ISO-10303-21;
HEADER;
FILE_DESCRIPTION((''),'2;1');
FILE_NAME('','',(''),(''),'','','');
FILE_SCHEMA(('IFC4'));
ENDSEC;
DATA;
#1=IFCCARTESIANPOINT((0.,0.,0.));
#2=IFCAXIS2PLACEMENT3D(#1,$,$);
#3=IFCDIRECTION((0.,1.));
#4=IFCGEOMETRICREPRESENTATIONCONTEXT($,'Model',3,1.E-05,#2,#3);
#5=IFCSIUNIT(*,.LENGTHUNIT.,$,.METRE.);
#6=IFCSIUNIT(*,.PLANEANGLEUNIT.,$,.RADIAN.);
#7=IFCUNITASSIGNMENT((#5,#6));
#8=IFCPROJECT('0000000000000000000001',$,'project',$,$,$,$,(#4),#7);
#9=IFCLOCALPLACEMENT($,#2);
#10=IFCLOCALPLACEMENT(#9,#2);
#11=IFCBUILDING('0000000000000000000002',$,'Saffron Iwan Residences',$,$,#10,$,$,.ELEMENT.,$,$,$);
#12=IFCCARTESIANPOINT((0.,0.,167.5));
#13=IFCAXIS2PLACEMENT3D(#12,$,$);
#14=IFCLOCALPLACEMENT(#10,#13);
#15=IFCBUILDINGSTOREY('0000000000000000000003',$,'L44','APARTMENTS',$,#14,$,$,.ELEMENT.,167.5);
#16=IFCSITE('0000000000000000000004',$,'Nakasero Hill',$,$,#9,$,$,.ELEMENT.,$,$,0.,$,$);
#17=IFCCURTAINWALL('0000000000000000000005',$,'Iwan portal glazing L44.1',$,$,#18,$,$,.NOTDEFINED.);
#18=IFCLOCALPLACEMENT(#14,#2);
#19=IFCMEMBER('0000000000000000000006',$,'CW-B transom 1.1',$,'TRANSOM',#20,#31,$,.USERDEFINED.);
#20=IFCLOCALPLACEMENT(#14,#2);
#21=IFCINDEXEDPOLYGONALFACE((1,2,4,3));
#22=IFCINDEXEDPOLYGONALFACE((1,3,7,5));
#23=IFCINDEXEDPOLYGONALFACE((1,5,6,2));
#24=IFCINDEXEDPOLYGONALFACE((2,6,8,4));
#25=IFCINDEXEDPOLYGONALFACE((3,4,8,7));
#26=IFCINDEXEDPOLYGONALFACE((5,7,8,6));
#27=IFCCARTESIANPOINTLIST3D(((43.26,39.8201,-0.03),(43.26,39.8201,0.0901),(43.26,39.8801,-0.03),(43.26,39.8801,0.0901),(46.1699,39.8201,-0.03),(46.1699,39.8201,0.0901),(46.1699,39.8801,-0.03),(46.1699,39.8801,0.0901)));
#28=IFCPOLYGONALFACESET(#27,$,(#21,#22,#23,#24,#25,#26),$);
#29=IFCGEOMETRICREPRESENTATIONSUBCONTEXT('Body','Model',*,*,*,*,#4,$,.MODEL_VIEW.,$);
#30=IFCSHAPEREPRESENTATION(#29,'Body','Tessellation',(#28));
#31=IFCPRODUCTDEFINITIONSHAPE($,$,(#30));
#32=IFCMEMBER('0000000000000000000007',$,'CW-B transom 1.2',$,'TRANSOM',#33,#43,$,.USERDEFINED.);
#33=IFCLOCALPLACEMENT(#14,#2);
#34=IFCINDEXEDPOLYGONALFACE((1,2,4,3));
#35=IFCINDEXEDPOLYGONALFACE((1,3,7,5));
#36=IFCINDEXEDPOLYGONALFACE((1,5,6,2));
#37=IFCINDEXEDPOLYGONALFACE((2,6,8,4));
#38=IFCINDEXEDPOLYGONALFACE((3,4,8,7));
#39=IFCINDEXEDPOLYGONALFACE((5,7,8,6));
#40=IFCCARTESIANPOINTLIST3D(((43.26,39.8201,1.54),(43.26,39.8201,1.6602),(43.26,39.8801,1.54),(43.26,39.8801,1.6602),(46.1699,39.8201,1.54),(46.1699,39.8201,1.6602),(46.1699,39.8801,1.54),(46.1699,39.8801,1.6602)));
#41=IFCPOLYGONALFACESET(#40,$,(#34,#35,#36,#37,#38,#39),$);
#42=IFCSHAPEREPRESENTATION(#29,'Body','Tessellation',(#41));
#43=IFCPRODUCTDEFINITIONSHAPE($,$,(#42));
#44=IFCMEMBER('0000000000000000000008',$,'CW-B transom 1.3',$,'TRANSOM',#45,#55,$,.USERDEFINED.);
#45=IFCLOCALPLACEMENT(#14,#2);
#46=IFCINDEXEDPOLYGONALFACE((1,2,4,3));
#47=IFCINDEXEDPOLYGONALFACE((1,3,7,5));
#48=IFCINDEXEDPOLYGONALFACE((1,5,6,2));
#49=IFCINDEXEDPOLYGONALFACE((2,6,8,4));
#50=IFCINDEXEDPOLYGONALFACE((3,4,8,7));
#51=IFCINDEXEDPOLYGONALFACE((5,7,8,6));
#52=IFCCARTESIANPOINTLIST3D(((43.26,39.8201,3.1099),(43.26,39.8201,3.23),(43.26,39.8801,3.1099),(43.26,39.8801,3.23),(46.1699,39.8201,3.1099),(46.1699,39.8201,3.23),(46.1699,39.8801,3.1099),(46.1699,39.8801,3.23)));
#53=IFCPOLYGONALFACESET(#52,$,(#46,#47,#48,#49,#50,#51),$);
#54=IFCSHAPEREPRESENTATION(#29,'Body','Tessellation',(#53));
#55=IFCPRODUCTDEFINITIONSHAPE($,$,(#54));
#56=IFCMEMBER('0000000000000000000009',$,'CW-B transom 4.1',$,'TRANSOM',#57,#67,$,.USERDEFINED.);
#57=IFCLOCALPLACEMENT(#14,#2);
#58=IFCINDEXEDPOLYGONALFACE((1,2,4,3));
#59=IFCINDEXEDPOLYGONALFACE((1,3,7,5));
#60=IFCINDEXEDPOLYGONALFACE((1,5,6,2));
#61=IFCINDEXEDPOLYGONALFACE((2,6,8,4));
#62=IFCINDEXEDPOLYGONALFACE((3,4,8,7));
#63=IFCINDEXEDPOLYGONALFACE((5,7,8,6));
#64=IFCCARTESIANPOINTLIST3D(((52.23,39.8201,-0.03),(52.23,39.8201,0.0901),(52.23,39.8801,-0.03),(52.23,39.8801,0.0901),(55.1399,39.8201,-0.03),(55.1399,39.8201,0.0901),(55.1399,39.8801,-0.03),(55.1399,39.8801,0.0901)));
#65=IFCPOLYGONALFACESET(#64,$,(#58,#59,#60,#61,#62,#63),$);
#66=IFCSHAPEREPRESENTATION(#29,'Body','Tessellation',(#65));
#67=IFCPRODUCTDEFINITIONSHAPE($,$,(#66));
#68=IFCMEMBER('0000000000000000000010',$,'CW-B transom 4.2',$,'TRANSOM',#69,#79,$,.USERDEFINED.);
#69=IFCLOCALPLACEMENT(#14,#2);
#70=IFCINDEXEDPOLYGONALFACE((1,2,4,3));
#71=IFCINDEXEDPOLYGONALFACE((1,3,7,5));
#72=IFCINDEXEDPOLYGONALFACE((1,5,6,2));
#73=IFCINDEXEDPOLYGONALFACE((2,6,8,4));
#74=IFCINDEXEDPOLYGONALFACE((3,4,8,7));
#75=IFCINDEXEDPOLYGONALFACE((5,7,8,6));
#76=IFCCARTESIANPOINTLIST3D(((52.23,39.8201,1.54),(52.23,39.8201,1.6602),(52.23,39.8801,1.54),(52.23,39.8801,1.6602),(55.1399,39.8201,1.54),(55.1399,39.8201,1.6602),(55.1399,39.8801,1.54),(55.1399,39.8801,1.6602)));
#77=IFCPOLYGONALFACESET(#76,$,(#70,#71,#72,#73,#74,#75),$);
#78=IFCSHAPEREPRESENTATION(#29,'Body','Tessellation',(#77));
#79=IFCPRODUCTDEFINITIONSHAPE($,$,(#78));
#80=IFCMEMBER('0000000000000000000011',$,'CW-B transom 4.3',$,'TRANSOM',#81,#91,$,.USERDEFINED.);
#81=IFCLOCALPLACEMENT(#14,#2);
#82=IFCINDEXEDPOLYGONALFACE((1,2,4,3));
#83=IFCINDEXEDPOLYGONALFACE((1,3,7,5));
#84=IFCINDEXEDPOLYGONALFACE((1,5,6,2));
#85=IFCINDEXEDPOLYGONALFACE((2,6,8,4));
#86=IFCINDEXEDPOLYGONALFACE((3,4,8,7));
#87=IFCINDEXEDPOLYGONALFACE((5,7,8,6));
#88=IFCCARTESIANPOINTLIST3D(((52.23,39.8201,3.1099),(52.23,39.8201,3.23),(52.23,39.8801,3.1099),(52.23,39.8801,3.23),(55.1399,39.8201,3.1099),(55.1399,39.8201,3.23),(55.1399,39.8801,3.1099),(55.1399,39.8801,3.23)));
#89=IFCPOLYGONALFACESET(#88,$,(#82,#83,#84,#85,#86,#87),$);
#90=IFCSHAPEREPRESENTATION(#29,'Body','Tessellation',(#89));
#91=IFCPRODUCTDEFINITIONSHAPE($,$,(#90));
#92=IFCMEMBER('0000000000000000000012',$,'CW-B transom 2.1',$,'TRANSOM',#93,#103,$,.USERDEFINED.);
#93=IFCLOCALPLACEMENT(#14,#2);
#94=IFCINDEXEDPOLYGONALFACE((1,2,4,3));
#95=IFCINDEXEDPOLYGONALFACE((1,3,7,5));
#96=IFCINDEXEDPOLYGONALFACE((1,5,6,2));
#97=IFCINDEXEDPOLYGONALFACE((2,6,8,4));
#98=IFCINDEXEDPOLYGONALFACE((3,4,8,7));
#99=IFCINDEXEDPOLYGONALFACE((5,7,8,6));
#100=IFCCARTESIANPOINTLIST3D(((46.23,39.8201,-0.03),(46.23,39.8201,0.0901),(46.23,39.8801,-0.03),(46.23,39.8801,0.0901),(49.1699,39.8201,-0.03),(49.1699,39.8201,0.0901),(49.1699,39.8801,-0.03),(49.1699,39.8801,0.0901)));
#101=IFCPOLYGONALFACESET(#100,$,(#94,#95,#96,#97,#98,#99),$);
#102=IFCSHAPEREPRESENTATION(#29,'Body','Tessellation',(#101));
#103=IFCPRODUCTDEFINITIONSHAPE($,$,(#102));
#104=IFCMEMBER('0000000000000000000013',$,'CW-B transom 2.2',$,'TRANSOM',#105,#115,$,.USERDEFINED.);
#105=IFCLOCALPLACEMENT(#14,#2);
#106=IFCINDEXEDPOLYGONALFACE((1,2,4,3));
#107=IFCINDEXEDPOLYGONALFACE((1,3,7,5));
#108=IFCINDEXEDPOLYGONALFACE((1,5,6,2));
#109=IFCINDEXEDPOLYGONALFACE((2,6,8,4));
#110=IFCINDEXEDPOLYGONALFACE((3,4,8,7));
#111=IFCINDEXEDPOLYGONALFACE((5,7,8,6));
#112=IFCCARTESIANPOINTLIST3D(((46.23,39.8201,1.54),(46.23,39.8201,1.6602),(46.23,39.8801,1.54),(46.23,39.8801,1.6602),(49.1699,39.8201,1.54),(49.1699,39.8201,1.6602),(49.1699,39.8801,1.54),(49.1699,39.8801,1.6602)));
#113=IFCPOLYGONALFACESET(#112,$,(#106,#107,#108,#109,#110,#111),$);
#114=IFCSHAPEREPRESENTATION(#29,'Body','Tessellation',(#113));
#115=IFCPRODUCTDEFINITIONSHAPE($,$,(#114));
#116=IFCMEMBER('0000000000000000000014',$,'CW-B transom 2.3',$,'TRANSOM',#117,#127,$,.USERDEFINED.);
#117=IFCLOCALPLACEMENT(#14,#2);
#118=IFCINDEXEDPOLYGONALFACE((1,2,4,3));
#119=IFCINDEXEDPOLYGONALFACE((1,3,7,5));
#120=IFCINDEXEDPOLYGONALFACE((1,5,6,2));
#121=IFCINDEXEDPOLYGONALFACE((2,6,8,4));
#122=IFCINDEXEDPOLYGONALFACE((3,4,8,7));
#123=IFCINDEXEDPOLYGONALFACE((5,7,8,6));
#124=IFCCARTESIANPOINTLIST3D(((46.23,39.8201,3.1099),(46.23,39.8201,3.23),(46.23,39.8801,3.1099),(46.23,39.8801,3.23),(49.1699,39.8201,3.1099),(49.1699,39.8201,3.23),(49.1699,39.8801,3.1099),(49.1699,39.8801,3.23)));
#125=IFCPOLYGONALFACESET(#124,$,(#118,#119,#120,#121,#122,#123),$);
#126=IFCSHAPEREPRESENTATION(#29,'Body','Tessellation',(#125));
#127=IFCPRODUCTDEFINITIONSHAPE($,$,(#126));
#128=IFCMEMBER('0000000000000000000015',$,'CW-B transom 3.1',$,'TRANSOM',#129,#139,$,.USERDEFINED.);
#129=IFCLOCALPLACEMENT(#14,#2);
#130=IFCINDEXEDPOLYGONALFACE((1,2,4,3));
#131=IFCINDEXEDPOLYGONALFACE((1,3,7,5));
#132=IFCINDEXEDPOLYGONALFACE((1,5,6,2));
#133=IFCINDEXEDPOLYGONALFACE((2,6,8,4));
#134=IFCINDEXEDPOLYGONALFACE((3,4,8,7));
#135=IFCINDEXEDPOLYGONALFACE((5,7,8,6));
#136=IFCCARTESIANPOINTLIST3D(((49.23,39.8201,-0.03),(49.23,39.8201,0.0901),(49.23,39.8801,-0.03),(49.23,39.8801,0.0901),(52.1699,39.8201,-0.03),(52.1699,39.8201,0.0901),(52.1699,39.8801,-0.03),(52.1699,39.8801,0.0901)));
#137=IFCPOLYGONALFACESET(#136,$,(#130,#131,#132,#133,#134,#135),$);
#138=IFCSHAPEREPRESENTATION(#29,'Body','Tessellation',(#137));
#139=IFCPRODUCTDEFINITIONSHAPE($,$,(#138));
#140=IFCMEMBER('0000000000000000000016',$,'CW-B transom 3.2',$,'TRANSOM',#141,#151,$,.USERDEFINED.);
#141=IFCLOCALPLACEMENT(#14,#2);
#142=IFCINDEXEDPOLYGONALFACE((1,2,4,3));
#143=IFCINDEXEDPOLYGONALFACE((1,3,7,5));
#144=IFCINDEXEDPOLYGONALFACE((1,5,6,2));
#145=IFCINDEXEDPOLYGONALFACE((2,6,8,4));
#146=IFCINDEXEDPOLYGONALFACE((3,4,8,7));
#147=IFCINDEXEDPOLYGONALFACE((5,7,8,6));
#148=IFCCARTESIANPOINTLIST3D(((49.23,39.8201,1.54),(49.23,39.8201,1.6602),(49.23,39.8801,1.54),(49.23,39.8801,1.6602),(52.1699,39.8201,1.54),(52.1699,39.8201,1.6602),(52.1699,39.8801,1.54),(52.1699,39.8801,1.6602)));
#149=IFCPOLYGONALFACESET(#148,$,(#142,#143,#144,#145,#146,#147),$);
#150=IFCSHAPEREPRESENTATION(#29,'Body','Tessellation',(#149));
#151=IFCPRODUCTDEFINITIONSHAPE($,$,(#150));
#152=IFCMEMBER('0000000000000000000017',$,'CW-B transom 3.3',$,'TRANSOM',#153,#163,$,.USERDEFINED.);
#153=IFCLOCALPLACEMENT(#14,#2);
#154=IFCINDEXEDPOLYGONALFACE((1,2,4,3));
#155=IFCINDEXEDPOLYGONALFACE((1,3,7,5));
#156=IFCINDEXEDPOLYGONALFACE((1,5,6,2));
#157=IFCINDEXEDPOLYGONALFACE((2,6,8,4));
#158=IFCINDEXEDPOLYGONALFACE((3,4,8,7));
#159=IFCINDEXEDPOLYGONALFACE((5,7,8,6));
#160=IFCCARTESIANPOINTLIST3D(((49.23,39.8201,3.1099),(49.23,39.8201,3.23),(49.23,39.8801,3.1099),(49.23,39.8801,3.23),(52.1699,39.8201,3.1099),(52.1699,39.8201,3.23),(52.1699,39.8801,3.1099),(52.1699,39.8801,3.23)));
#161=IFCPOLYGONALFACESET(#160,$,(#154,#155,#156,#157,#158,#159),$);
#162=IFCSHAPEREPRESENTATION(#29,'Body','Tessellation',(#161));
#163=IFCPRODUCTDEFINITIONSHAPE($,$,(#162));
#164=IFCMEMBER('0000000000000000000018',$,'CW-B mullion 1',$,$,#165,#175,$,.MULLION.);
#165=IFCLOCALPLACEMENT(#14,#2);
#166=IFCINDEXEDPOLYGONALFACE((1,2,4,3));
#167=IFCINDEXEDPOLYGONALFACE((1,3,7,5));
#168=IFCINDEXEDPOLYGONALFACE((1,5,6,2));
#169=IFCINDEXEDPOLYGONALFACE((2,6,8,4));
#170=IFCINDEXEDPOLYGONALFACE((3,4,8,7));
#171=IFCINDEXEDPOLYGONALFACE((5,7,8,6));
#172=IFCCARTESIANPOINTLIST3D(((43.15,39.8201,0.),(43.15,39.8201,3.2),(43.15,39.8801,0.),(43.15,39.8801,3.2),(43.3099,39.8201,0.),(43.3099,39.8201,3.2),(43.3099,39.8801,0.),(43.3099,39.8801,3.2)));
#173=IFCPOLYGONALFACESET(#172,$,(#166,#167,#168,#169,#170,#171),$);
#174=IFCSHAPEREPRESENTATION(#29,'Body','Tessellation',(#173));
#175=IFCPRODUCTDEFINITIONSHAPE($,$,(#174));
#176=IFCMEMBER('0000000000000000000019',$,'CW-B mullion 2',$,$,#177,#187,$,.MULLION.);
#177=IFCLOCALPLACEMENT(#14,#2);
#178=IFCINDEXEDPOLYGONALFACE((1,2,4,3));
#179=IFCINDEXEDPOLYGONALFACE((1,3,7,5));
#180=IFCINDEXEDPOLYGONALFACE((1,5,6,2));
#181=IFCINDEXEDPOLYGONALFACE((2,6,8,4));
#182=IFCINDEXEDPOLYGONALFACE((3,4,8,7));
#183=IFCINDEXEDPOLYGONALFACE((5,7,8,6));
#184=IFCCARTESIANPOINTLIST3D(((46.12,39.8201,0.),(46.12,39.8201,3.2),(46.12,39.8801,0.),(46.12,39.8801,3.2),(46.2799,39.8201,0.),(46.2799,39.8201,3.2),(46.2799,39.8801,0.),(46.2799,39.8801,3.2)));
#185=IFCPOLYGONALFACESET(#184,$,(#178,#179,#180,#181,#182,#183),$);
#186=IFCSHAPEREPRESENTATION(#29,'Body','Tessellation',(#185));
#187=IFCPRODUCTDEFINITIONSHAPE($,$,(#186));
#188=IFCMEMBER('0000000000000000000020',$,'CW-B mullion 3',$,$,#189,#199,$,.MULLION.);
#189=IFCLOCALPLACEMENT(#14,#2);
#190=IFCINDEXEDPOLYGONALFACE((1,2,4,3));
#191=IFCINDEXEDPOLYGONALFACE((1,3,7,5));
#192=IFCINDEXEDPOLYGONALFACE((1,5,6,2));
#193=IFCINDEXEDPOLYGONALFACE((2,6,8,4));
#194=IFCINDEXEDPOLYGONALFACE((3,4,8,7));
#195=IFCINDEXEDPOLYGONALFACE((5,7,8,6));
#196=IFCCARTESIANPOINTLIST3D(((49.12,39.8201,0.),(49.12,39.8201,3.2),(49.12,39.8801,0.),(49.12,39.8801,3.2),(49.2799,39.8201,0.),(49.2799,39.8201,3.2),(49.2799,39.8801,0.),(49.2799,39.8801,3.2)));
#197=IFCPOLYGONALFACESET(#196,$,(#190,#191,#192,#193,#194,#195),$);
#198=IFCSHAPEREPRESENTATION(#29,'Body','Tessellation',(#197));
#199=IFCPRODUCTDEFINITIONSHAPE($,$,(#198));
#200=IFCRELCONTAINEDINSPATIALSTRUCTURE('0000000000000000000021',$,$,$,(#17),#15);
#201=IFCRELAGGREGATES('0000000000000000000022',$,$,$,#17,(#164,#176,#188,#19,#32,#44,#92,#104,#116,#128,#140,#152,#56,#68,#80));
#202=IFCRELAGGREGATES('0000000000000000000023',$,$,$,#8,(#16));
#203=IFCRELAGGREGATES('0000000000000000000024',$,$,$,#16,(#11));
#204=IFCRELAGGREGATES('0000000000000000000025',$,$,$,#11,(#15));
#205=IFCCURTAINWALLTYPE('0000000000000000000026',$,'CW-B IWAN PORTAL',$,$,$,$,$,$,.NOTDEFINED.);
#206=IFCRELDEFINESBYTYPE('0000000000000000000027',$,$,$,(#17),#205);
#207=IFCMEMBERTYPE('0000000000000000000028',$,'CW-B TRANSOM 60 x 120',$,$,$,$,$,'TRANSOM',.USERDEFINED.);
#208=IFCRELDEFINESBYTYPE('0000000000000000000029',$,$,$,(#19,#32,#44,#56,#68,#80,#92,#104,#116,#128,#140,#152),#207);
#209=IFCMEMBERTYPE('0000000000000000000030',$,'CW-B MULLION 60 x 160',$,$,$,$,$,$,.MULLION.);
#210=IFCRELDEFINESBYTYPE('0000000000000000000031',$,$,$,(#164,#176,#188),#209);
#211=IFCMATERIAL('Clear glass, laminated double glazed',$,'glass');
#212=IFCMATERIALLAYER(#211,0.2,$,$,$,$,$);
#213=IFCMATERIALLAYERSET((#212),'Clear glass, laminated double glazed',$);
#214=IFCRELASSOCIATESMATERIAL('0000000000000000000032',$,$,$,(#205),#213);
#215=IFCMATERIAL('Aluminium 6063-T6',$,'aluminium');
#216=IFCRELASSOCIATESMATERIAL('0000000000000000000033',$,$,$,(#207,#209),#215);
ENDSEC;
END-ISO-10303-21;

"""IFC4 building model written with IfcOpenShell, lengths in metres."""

from ifc_helpers import new_model, si_unit, direction, frame, origin, origin_2d, place, context, subcontext, project, spatial, rectangle, extrude, source, transform, mapped, material, layer, layer_set, material_profile, profile_set, type_object, element, aggregate, save


model = new_model("IFC4")

# Units and contexts
model_context = context("Model", 3, precision=1e-05, world=origin(), true_north=direction((0.0, 1.0)))
body_context = subcontext(model_context, "Body", "Model", "MODEL_VIEW")
ifc_project = project(units=[si_unit("LENGTHUNIT", "METRE"), si_unit("PLANEANGLEUNIT", "RADIAN")], contexts=[model_context])

# Site, building, storey
site_placement = place(None, origin())
site = spatial("IfcSite", under=ifc_project, at=site_placement, Name="Nakasero Hill", CompositionType="ELEMENT", RefElevation=0.0)
building_placement = place(site_placement, origin())
building = spatial("IfcBuilding", under=site, at=building_placement, Name="Saffron Iwan Residences", CompositionType="ELEMENT")
storey_placement = place(building_placement, frame((0.0, 0.0, 167.5)))
storey = spatial("IfcBuildingStorey", under=building, at=storey_placement, Name="L44", Description="APARTMENTS", CompositionType="ELEMENT", Elevation=167.5)

# Curtain wall, members
ifc_material_1 = material(Name="Clear glass, laminated double glazed", Category="glass")
ifc_layer_1 = layer(ifc_material_1, 0.2)
ifc_layer_set_1 = layer_set([ifc_layer_1], Name="Clear glass, laminated double glazed")
curtain_wall_type = type_object("IfcCurtainWallType", Name="CW-B IWAN PORTAL", PredefinedType="NOTDEFINED", material=ifc_layer_set_1)
curtain_wall_placement = place(storey_placement, origin())
curtain_wall = element("IfcCurtainWall", 1, at=curtain_wall_placement, inside=storey, type_object=curtain_wall_type, Name="Iwan portal glazing L44.1", PredefinedType="NOTDEFINED")
ifc_material_2 = material(Name="Aluminium 6063-T6", Category="aluminium")
ifc_material_profile_1 = material_profile(ifc_material_2, rectangle(XDim=0.0601, YDim=0.1201, at=origin_2d()), Name="CW-B TRANSOM 60 x 120")
ifc_profile_set_1 = profile_set([ifc_material_profile_1], Name="Aluminium 6063-T6")
member_type_1 = type_object("IfcMemberType", Name="CW-B TRANSOM 60 x 120", ElementType="TRANSOM", PredefinedType="USERDEFINED", material=ifc_profile_set_1)
shared_shape_1 = source(origin(), body_context, "Body", "SweptSolid", [
    extrude(rectangle(XDim=0.0601, YDim=0.1201, at=origin_2d()), origin(), (0.0, 0.0, 1.0), 2.9099),
])
member_1_placement = place(storey_placement, frame((43.26, 39.8501, 0.03), z_axis=(1.0, 0.0, 0.0), x_axis=(0.0, 1.0, 0.0)))
member_1 = element("IfcMember", 2, at=member_1_placement, type_object=member_type_1, Name="CW-B transom 1.1", ObjectType="TRANSOM", PredefinedType="USERDEFINED", context=body_context, shape_type="MappedRepresentation", body=[
    mapped(shared_shape_1, transform((0.0, 0.0, 0.0))),
])
member_2_placement = place(storey_placement, frame((43.26, 39.8501, 1.6001), z_axis=(1.0, 0.0, 0.0), x_axis=(0.0, 1.0, 0.0)))
member_2 = element("IfcMember", 3, at=member_2_placement, type_object=member_type_1, Name="CW-B transom 1.2", ObjectType="TRANSOM", PredefinedType="USERDEFINED", context=body_context, shape_type="MappedRepresentation", body=[
    mapped(shared_shape_1, transform((0.0, 0.0, 0.0))),
])
member_3_placement = place(storey_placement, frame((43.26, 39.8501, 3.1699), z_axis=(1.0, 0.0, 0.0), x_axis=(0.0, 1.0, 0.0)))
member_3 = element("IfcMember", 4, at=member_3_placement, type_object=member_type_1, Name="CW-B transom 1.3", ObjectType="TRANSOM", PredefinedType="USERDEFINED", context=body_context, shape_type="MappedRepresentation", body=[
    mapped(shared_shape_1, transform((0.0, 0.0, 0.0))),
])
member_4_placement = place(storey_placement, frame((52.23, 39.8501, 0.03), z_axis=(1.0, 0.0, 0.0), x_axis=(0.0, 1.0, 0.0)))
member_4 = element("IfcMember", 5, at=member_4_placement, type_object=member_type_1, Name="CW-B transom 4.1", ObjectType="TRANSOM", PredefinedType="USERDEFINED", context=body_context, shape_type="MappedRepresentation", body=[
    mapped(shared_shape_1, transform((0.0, 0.0, 0.0))),
])
member_5_placement = place(storey_placement, frame((52.23, 39.8501, 1.6001), z_axis=(1.0, 0.0, 0.0), x_axis=(0.0, 1.0, 0.0)))
member_5 = element("IfcMember", 6, at=member_5_placement, type_object=member_type_1, Name="CW-B transom 4.2", ObjectType="TRANSOM", PredefinedType="USERDEFINED", context=body_context, shape_type="MappedRepresentation", body=[
    mapped(shared_shape_1, transform((0.0, 0.0, 0.0))),
])
member_6_placement = place(storey_placement, frame((52.23, 39.8501, 3.1699), z_axis=(1.0, 0.0, 0.0), x_axis=(0.0, 1.0, 0.0)))
member_6 = element("IfcMember", 7, at=member_6_placement, type_object=member_type_1, Name="CW-B transom 4.3", ObjectType="TRANSOM", PredefinedType="USERDEFINED", context=body_context, shape_type="MappedRepresentation", body=[
    mapped(shared_shape_1, transform((0.0, 0.0, 0.0))),
])
shared_shape_2 = source(origin(), body_context, "Body", "SweptSolid", [
    extrude(rectangle(XDim=0.0601, YDim=0.1201, at=origin_2d()), origin(), (0.0, 0.0, 1.0), 2.9399),
])
member_7_placement = place(storey_placement, frame((46.23, 39.8501, 0.03), z_axis=(1.0, 0.0, 0.0), x_axis=(0.0, 1.0, 0.0)))
member_7 = element("IfcMember", 8, at=member_7_placement, type_object=member_type_1, Name="CW-B transom 2.1", ObjectType="TRANSOM", PredefinedType="USERDEFINED", context=body_context, shape_type="MappedRepresentation", body=[
    mapped(shared_shape_2, transform((0.0, 0.0, 0.0))),
])
member_8_placement = place(storey_placement, frame((46.23, 39.8501, 1.6001), z_axis=(1.0, 0.0, 0.0), x_axis=(0.0, 1.0, 0.0)))
member_8 = element("IfcMember", 9, at=member_8_placement, type_object=member_type_1, Name="CW-B transom 2.2", ObjectType="TRANSOM", PredefinedType="USERDEFINED", context=body_context, shape_type="MappedRepresentation", body=[
    mapped(shared_shape_2, transform((0.0, 0.0, 0.0))),
])
member_9_placement = place(storey_placement, frame((46.23, 39.8501, 3.1699), z_axis=(1.0, 0.0, 0.0), x_axis=(0.0, 1.0, 0.0)))
member_9 = element("IfcMember", 10, at=member_9_placement, type_object=member_type_1, Name="CW-B transom 2.3", ObjectType="TRANSOM", PredefinedType="USERDEFINED", context=body_context, shape_type="MappedRepresentation", body=[
    mapped(shared_shape_2, transform((0.0, 0.0, 0.0))),
])
member_10_placement = place(storey_placement, frame((49.23, 39.8501, 0.03), z_axis=(1.0, 0.0, 0.0), x_axis=(0.0, 1.0, 0.0)))
member_10 = element("IfcMember", 11, at=member_10_placement, type_object=member_type_1, Name="CW-B transom 3.1", ObjectType="TRANSOM", PredefinedType="USERDEFINED", context=body_context, shape_type="MappedRepresentation", body=[
    mapped(shared_shape_2, transform((0.0, 0.0, 0.0))),
])
member_11_placement = place(storey_placement, frame((49.23, 39.8501, 1.6001), z_axis=(1.0, 0.0, 0.0), x_axis=(0.0, 1.0, 0.0)))
member_11 = element("IfcMember", 12, at=member_11_placement, type_object=member_type_1, Name="CW-B transom 3.2", ObjectType="TRANSOM", PredefinedType="USERDEFINED", context=body_context, shape_type="MappedRepresentation", body=[
    mapped(shared_shape_2, transform((0.0, 0.0, 0.0))),
])
member_12_placement = place(storey_placement, frame((49.23, 39.8501, 3.1699), z_axis=(1.0, 0.0, 0.0), x_axis=(0.0, 1.0, 0.0)))
member_12 = element("IfcMember", 13, at=member_12_placement, type_object=member_type_1, Name="CW-B transom 3.3", ObjectType="TRANSOM", PredefinedType="USERDEFINED", context=body_context, shape_type="MappedRepresentation", body=[
    mapped(shared_shape_2, transform((0.0, 0.0, 0.0))),
])
ifc_material_profile_2 = material_profile(ifc_material_2, rectangle(XDim=0.0601, YDim=0.1599, at=origin_2d()), Name="CW-B MULLION 60 x 160")
ifc_profile_set_2 = profile_set([ifc_material_profile_2], Name="Aluminium 6063-T6")
member_type_2 = type_object("IfcMemberType", Name="CW-B MULLION 60 x 160", PredefinedType="MULLION", material=ifc_profile_set_2)
shared_shape_3 = source(origin(), body_context, "Body", "SweptSolid", [
    extrude(rectangle(XDim=0.0601, YDim=0.1599, at=origin_2d()), origin(), (0.0, 0.0, 1.0), 3.2),
])
member_13_placement = place(storey_placement, frame((43.23, 39.8501, 0.0), z_axis=(0.0, 0.0, 1.0), x_axis=(0.0, 1.0, 0.0)))
member_13 = element("IfcMember", 14, at=member_13_placement, type_object=member_type_2, Name="CW-B mullion 1", PredefinedType="MULLION", context=body_context, shape_type="MappedRepresentation", body=[
    mapped(shared_shape_3, transform((0.0, 0.0, 0.0))),
])
member_14_placement = place(storey_placement, frame((46.2, 39.8501, 0.0), z_axis=(0.0, 0.0, 1.0), x_axis=(0.0, 1.0, 0.0)))
member_14 = element("IfcMember", 15, at=member_14_placement, type_object=member_type_2, Name="CW-B mullion 2", PredefinedType="MULLION", context=body_context, shape_type="MappedRepresentation", body=[
    mapped(shared_shape_3, transform((0.0, 0.0, 0.0))),
])
member_15_placement = place(storey_placement, frame((49.2, 39.8501, 0.0), z_axis=(0.0, 0.0, 1.0), x_axis=(0.0, 1.0, 0.0)))
member_15 = element("IfcMember", 16, at=member_15_placement, type_object=member_type_2, Name="CW-B mullion 3", PredefinedType="MULLION", context=body_context, shape_type="MappedRepresentation", body=[
    mapped(shared_shape_3, transform((0.0, 0.0, 0.0))),
])
aggregate(curtain_wall, [member_13, member_14, member_15, member_1, member_2, member_3, member_7, member_8, member_9, member_10, member_11, member_12, member_4, member_5, member_6])

save(model, "model.ifc")
